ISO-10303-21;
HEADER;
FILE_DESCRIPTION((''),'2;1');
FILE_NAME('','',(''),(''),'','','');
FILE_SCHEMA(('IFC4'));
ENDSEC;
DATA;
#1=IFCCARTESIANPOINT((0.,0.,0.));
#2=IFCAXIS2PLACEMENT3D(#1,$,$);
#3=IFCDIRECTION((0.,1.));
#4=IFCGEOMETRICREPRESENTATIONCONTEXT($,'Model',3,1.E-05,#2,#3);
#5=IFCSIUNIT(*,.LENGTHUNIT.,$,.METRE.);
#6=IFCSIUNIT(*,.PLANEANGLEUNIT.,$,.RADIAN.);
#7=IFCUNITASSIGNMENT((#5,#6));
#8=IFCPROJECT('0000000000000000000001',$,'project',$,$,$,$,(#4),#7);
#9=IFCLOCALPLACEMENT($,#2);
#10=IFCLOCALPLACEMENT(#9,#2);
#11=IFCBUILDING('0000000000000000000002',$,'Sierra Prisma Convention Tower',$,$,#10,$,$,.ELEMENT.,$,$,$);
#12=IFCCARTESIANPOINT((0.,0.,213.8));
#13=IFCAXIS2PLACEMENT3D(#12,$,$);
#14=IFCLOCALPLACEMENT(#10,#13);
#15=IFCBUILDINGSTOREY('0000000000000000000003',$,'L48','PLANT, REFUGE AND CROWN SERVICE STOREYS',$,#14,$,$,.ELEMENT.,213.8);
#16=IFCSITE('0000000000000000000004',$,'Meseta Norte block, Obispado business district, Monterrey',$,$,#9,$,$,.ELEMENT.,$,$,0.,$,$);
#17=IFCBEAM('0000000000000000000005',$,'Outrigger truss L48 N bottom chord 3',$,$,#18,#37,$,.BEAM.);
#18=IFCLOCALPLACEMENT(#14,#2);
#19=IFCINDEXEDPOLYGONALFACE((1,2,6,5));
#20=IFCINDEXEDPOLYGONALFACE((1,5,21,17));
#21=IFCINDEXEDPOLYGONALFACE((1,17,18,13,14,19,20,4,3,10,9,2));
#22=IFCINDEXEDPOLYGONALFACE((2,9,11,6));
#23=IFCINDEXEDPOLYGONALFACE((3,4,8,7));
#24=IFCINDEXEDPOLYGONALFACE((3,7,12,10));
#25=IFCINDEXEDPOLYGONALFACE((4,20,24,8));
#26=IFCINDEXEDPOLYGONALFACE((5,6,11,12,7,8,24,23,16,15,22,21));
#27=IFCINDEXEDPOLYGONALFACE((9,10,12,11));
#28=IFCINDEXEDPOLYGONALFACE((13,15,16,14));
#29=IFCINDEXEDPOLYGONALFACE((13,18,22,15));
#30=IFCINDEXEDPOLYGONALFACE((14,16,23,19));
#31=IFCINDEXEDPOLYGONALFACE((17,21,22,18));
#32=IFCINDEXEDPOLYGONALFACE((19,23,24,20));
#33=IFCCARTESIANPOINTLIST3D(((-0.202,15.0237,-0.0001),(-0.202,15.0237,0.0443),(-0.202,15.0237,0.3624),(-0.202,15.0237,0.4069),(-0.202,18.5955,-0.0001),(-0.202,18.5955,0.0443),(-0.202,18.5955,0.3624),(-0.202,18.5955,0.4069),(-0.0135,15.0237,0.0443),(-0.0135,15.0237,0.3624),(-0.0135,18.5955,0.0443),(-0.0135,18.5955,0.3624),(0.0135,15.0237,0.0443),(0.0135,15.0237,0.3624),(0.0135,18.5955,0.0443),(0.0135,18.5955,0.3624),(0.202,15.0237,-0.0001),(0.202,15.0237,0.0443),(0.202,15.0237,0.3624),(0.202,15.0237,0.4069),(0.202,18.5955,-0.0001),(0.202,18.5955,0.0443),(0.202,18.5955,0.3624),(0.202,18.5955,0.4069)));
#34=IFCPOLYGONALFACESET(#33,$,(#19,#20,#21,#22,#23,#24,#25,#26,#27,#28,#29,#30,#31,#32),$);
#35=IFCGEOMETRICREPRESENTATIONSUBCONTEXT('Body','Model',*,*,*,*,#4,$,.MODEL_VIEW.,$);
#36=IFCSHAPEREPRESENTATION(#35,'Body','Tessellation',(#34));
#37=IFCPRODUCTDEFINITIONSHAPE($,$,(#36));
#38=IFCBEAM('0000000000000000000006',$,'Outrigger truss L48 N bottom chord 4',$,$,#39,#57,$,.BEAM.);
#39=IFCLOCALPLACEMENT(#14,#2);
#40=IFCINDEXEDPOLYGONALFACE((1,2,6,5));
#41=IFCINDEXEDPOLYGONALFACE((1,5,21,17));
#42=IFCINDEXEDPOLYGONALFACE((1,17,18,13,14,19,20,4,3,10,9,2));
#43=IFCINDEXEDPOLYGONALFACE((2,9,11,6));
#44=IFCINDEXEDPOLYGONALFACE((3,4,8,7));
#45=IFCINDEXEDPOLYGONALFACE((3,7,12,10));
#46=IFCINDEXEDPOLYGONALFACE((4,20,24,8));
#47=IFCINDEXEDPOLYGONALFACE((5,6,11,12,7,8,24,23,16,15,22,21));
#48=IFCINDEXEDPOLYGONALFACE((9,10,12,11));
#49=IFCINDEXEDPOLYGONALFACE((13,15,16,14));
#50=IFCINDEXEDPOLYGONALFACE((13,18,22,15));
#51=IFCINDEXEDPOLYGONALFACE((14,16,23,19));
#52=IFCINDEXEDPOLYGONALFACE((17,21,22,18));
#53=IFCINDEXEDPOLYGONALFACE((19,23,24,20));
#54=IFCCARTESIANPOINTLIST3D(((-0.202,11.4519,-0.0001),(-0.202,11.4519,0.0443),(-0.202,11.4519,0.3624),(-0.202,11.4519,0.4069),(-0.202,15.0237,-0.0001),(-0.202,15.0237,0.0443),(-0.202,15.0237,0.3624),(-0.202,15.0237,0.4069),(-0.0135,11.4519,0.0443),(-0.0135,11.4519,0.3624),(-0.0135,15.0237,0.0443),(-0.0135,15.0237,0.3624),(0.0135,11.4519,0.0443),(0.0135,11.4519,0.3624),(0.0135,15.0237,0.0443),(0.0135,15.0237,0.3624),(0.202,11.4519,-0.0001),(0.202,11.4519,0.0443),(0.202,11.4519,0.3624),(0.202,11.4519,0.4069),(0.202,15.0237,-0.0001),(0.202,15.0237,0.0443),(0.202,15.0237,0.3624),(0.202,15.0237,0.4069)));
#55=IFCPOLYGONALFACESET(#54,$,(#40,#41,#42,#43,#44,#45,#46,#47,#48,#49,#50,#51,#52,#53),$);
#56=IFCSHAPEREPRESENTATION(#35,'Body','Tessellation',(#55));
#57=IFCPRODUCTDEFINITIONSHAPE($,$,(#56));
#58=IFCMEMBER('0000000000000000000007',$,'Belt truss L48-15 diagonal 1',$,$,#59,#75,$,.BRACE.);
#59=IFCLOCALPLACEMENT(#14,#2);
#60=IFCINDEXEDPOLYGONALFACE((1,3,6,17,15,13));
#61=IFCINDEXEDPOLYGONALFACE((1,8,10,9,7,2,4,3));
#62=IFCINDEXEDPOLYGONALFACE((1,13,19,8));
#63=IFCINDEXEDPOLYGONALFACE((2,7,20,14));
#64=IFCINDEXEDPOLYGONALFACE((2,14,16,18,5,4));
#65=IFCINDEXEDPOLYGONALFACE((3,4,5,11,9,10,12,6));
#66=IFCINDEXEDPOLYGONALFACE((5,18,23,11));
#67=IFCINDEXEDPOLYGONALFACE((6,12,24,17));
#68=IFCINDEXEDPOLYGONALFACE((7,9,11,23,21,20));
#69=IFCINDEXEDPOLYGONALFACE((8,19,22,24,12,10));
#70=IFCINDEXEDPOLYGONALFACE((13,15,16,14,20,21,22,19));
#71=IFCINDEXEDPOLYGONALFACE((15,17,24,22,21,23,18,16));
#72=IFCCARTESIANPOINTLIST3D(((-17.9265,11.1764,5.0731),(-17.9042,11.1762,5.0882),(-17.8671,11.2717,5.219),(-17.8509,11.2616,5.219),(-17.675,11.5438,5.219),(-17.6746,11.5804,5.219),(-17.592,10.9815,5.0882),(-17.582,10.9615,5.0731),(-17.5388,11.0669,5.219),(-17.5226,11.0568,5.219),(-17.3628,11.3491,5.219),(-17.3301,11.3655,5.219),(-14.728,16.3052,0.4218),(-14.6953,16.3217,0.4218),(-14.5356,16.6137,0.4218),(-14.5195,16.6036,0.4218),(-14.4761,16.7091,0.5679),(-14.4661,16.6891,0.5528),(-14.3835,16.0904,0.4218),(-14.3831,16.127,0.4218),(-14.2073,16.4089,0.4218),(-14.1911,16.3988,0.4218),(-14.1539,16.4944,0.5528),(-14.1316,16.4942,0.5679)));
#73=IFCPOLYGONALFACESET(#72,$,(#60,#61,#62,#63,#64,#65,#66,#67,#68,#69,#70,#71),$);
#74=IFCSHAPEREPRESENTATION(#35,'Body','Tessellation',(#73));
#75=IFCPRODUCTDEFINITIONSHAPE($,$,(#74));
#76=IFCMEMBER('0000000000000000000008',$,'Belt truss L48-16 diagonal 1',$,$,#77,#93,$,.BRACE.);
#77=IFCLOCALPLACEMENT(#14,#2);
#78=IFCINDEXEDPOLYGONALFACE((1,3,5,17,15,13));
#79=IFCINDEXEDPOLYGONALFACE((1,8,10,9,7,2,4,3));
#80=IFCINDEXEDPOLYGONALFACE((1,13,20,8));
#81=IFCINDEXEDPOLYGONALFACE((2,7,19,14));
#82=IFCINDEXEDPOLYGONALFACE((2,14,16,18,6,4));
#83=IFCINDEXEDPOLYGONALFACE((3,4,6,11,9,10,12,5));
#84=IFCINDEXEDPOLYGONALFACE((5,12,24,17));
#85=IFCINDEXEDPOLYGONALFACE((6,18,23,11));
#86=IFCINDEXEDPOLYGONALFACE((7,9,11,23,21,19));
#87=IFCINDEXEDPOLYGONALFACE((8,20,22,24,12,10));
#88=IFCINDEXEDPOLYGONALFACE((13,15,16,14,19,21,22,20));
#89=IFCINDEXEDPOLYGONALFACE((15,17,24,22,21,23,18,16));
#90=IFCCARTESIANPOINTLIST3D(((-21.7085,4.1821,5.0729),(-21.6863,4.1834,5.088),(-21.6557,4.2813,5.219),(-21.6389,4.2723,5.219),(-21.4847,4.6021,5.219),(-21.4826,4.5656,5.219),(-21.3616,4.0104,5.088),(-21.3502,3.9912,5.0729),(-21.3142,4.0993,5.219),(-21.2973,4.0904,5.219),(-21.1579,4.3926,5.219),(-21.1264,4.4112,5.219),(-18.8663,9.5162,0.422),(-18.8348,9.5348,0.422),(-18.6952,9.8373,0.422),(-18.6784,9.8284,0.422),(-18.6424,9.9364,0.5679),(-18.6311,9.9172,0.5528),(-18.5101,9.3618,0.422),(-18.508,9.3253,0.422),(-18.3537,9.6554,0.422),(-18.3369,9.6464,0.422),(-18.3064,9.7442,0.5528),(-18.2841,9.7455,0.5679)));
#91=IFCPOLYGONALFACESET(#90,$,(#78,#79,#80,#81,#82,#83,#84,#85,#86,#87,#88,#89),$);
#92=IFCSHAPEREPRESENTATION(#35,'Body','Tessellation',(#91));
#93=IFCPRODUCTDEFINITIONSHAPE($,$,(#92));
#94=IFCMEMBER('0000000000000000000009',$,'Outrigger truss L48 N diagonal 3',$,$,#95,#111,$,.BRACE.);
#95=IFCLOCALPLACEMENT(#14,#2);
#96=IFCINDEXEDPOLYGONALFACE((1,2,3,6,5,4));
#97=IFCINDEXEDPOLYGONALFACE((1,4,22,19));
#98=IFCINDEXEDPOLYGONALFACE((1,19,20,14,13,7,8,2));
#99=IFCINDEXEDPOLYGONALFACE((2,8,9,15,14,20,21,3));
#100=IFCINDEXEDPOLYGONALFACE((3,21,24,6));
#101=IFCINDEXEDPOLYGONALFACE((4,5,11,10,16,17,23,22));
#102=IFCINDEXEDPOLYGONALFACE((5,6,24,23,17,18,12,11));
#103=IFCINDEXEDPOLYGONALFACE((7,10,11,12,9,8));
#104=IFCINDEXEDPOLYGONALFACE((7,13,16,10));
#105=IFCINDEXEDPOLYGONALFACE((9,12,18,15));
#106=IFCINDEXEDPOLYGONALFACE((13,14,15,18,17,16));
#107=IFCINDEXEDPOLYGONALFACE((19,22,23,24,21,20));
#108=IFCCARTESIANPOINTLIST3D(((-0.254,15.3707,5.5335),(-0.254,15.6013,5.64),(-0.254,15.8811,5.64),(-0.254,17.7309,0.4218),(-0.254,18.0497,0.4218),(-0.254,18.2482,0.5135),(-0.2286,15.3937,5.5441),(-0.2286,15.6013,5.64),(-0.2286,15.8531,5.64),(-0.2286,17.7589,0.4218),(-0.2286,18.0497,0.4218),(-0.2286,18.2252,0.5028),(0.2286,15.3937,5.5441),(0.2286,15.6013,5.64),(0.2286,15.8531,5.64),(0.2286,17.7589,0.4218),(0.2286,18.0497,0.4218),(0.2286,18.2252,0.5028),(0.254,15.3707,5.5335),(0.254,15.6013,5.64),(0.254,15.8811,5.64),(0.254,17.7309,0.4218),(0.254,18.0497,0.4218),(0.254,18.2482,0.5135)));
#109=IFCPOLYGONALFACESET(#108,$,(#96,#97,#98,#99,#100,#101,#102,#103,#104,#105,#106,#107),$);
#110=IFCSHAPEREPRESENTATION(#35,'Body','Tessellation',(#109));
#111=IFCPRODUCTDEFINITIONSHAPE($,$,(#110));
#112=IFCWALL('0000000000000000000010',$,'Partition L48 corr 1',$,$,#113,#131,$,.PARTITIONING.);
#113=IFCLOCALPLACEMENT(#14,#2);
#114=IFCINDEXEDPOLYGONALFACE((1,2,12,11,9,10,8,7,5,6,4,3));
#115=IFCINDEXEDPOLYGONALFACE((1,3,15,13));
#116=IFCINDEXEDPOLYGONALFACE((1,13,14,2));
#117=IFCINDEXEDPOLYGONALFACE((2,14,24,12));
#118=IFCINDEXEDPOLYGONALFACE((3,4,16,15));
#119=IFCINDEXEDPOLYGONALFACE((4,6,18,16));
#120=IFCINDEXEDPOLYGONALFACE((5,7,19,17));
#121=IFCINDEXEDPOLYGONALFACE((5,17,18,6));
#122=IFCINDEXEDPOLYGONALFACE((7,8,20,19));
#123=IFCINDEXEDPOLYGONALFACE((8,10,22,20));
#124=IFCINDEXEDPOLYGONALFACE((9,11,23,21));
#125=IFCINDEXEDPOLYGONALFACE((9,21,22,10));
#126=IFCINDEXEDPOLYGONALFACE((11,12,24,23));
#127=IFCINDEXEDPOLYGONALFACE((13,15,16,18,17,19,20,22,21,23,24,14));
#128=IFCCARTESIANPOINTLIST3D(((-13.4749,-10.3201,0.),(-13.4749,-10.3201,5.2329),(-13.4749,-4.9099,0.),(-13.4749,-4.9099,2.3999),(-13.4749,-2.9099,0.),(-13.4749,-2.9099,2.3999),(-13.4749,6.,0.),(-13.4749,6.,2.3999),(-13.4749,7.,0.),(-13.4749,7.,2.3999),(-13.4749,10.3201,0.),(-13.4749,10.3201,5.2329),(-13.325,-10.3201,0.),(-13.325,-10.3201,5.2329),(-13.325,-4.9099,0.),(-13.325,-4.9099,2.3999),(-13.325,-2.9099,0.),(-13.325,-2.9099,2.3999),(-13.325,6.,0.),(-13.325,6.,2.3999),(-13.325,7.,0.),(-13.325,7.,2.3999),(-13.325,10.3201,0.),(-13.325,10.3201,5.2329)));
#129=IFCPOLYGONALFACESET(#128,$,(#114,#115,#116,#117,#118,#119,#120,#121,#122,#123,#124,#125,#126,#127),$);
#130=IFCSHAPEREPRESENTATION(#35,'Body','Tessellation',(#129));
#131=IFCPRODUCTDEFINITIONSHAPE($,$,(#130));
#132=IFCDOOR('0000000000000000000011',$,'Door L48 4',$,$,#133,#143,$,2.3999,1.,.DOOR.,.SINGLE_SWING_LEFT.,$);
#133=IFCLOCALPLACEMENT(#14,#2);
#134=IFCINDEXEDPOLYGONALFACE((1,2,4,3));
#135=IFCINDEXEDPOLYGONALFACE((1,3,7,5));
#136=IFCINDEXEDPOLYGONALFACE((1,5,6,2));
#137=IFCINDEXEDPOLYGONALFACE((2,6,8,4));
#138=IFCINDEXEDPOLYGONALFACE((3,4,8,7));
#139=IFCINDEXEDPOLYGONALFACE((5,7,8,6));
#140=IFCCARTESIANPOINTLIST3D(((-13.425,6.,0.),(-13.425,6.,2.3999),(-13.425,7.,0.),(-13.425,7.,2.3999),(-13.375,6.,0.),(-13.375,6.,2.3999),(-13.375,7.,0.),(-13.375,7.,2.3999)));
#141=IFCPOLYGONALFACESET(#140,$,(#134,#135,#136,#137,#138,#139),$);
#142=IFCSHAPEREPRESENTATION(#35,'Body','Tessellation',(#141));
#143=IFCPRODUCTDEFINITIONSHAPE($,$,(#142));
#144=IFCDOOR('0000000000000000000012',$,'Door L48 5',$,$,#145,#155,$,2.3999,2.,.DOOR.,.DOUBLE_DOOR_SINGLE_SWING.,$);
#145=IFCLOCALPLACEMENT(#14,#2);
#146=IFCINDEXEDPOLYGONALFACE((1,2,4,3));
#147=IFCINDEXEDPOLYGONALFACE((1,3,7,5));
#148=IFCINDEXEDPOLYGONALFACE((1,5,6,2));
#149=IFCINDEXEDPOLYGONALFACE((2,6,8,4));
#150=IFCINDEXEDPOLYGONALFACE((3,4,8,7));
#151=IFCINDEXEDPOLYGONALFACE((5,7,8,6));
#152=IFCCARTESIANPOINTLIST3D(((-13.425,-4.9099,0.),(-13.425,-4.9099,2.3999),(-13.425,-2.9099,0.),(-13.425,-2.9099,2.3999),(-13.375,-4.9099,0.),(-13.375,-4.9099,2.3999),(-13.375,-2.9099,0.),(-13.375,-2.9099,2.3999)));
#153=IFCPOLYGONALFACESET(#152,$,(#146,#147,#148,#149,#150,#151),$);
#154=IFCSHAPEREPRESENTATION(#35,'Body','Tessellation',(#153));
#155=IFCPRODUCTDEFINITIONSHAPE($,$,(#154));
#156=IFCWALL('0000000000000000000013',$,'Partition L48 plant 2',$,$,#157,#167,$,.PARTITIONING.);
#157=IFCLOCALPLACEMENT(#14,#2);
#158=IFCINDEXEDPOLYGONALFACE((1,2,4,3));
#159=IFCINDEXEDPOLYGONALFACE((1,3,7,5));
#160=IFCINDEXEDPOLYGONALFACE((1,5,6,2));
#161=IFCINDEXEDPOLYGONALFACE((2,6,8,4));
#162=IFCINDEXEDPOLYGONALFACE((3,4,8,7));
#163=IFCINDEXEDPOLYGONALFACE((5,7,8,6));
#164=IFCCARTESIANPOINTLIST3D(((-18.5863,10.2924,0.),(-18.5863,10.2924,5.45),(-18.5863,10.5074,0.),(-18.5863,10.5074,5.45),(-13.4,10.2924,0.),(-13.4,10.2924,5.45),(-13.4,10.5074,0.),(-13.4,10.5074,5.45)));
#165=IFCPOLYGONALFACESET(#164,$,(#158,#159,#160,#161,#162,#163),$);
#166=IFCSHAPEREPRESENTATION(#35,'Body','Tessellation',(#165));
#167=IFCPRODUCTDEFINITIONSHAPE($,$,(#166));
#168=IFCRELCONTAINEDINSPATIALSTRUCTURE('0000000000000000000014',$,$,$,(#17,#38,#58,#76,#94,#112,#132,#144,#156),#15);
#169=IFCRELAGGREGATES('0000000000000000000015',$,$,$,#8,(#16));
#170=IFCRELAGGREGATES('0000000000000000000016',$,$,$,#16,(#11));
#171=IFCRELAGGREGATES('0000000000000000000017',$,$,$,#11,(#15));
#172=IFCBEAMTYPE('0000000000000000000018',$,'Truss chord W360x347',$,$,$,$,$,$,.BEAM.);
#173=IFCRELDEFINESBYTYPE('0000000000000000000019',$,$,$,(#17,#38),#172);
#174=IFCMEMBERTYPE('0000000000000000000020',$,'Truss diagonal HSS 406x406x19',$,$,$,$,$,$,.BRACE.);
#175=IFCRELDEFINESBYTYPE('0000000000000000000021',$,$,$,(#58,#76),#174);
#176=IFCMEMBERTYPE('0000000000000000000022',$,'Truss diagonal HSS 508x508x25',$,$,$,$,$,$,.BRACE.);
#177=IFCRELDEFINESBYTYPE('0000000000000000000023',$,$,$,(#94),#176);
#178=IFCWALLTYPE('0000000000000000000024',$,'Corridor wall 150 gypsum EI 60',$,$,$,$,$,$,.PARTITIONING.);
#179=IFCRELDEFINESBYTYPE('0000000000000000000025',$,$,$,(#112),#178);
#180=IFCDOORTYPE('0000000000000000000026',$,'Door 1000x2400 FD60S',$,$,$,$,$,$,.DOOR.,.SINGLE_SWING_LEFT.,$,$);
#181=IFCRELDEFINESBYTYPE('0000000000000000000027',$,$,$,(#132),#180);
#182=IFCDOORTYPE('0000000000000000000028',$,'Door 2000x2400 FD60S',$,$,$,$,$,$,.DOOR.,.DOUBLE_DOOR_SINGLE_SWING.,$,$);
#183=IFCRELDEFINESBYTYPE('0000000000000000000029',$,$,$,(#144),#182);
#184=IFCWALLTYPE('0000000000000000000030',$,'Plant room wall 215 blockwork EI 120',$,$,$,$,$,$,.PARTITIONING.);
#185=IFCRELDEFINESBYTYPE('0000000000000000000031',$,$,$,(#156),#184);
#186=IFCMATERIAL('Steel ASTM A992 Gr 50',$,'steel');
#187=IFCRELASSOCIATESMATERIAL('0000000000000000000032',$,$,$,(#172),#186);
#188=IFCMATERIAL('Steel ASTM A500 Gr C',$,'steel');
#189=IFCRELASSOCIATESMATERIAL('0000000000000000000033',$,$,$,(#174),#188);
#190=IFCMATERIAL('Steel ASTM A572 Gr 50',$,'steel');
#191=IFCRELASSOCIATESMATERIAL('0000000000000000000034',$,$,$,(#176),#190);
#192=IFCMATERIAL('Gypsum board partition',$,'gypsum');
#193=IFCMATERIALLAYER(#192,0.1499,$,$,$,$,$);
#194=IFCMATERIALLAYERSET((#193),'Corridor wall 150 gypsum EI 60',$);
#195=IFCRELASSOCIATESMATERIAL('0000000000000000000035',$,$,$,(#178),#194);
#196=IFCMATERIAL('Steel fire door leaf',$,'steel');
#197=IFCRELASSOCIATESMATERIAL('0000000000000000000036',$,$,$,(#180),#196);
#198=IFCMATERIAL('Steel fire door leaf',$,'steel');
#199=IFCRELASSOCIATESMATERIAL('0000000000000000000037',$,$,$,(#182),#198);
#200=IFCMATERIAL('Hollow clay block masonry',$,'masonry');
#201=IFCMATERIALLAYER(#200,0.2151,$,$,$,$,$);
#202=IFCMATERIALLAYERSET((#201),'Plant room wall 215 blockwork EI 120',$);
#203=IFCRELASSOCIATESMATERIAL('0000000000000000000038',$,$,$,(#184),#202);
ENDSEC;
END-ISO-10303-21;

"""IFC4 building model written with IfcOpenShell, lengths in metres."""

from ifc_helpers import new_model, si_unit, direction, frame, frame_2d, origin, origin_2d, place, context, subcontext, project, spatial, rectangle, hollow_rectangle, i_section, extrude, clip, halfspace, material, layer, layer_set, material_profile, profile_set, type_object, element, fill, save


model = new_model("IFC4")

# Units and contexts
model_context = context("Model", 3, precision=1e-05, world=origin(), true_north=direction((0.0, 1.0)))
body_context = subcontext(model_context, "Body", "Model", "MODEL_VIEW")
ifc_project = project(units=[si_unit("LENGTHUNIT", "METRE"), si_unit("PLANEANGLEUNIT", "RADIAN")], contexts=[model_context])

# Site, building, storey
site_placement = place(None, origin())
site = spatial("IfcSite", under=ifc_project, at=site_placement, Name="Meseta Norte block, Obispado business district, Monterrey", CompositionType="ELEMENT", RefElevation=0.0)
building_placement = place(site_placement, origin())
building = spatial("IfcBuilding", under=site, at=building_placement, Name="Sierra Prisma Convention Tower", CompositionType="ELEMENT")
storey_placement = place(building_placement, frame((0.0, 0.0, 213.8)))
storey = spatial("IfcBuildingStorey", under=building, at=storey_placement, Name="L48", Description="PLANT, REFUGE AND CROWN SERVICE STOREYS", CompositionType="ELEMENT", Elevation=213.8)

# Beams
ifc_material_1 = material(Name="Steel ASTM A992 Gr 50", Category="steel")
ifc_material_profile_1 = material_profile(ifc_material_1, i_section(OverallWidth=0.4041, OverallDepth=0.407, WebThickness=0.0271, FlangeThickness=0.0444, at=origin_2d()), Name="W360x347")
ifc_profile_set_1 = profile_set([ifc_material_profile_1], Name="Steel ASTM A992 Gr 50")
beam_type_1 = type_object("IfcBeamType", Name="Truss chord W360x347", PredefinedType="BEAM", material=ifc_profile_set_1)
for number, where, z_axis, x_axis, name in (
    (1, (0.0, 18.5955, 0.2034), (0.0, -1.0, 0.0), (1.0, 0.0, 0.0), "Outrigger truss L48 N bottom chord 3"),
    (2, (0.0, 15.0237, 0.2034), (0.0, -1.0, 0.0), (1.0, 0.0, 0.0), "Outrigger truss L48 N bottom chord 4"),
):
    element("IfcBeam", number, at=place(storey_placement, frame(where, z_axis=z_axis, x_axis=x_axis)), inside=storey, type_object=beam_type_1, Name=name, PredefinedType="BEAM", context=body_context, shape_type="SweptSolid", body=[
        extrude(i_section(OverallWidth=0.4041, OverallDepth=0.407, WebThickness=0.0271, FlangeThickness=0.0444, at=origin_2d()), origin(), (0.0, 0.0, 1.0), 3.5718),
    ])

# Members
ifc_material_2 = material(Name="Steel ASTM A500 Gr C", Category="steel")
ifc_material_profile_2 = material_profile(ifc_material_2, hollow_rectangle(XDim=0.406, YDim=0.406, WallThickness=0.019, at=origin_2d()), Name="Truss diagonal HSS 406x406x19")
ifc_profile_set_2 = profile_set([ifc_material_profile_2], Name="Steel ASTM A500 Gr C")
member_type_1 = type_object("IfcMemberType", Name="Truss diagonal HSS 406x406x19", PredefinedType="BRACE", material=ifc_profile_set_2)
member_1_placement = place(storey_placement, frame((-14.3694, 16.4966, 0.407), z_axis=(-0.419377, -0.672465, 0.609848), x_axis=(0.848516, -0.52917, 0.0)))
element("IfcMember", 3, at=member_1_placement, inside=storey, type_object=member_type_1, Name="Belt truss L48-15 diagonal 1", PredefinedType="BRACE", context=body_context, shape_type="SweptSolid", body=[
    clip(clip(extrude(hollow_rectangle(XDim=0.406, YDim=0.406, WallThickness=0.019, at=origin_2d()), origin(), (0.0, 0.0, 1.0), 7.915), halfspace(frame((0.0, 0.0117, 0.009), z_axis=(0.0, 0.792518, 0.609848), x_axis=(1.0, 0.0, 0.0)), True)), halfspace(frame((0.0, -0.0117, 7.9058), z_axis=(0.0, -0.792518, -0.609848), x_axis=(1.0, 0.0, 0.0)), True)),
])
member_2_placement = place(storey_placement, frame((-18.5215, 9.7317, 0.407), z_axis=(-0.372677, -0.699425, 0.609849), x_axis=(0.882536, -0.470245, 0.0)))
element("IfcMember", 4, at=member_2_placement, inside=storey, type_object=member_type_1, Name="Belt truss L48-16 diagonal 1", PredefinedType="BRACE", context=body_context, shape_type="SweptSolid", body=[
    clip(clip(extrude(hollow_rectangle(XDim=0.406, YDim=0.406, WallThickness=0.019, at=origin_2d()), origin(), (0.0, 0.0, 1.0), 7.9148), halfspace(frame((0.0, 0.012, 0.009), z_axis=(0.0, 0.792517, 0.609849), x_axis=(1.0, 0.0, 0.0)), True)), halfspace(frame((0.0, -0.0117, 7.9058), z_axis=(0.0, -0.792517, -0.609849), x_axis=(1.0, 0.0, 0.0)), True)),
])
ifc_material_3 = material(Name="Steel ASTM A572 Gr 50", Category="steel")
ifc_material_profile_3 = material_profile(ifc_material_3, hollow_rectangle(XDim=0.5081, YDim=0.5081, WallThickness=0.0254, at=origin_2d()), Name="Truss diagonal HSS 508x508x25")
ifc_profile_set_3 = profile_set([ifc_material_profile_3], Name="Steel ASTM A572 Gr 50")
member_type_2 = type_object("IfcMemberType", Name="Truss diagonal HSS 508x508x25", PredefinedType="BRACE", material=ifc_profile_set_3)
member_3_placement = place(storey_placement, frame((0.0, 18.0176, 0.407), z_axis=(0.0, -0.419211, 0.907889), x_axis=(1.0, 0.0, 0.0)))
element("IfcMember", 5, at=member_3_placement, inside=storey, type_object=member_type_2, Name="Outrigger truss L48 N diagonal 3", PredefinedType="BRACE", context=body_context, shape_type="SweptSolid", body=[
    clip(clip(extrude(hollow_rectangle(XDim=0.5081, YDim=0.5081, WallThickness=0.0254, at=origin_2d()), origin(), (0.0, 0.0, 1.0), 5.7639), halfspace(frame((0.0, 0.0063, 0.0134), z_axis=(0.0, 0.419211, 0.907889), x_axis=(1.0, 0.0, 0.0)), True)), halfspace(frame((0.0, 0.0, 5.7639), z_axis=(0.0, -0.419211, -0.907889), x_axis=(1.0, 0.0, 0.0)), True)),
])

# Wall, openings, doors
ifc_material_4 = material(Name="Gypsum board partition", Category="gypsum")
ifc_layer_1 = layer(ifc_material_4, 0.1499)
ifc_layer_set_1 = layer_set([ifc_layer_1], Name="Corridor wall 150 gypsum EI 60")
wall_type_1 = type_object("IfcWallType", Name="Corridor wall 150 gypsum EI 60", PredefinedType="PARTITIONING", material=ifc_layer_set_1)
wall_1_placement = place(storey_placement, frame((-13.3999, 10.3201, 0.0), z_axis=(0.0, 0.0, 1.0), x_axis=(0.0, -1.0, 0.0)))
wall_1 = element("IfcWall", 6, at=wall_1_placement, inside=storey, type_object=wall_type_1, Name="Partition L48 corr 1", PredefinedType="PARTITIONING", context=body_context, shape_type="SweptSolid", body=[
    extrude(rectangle(XDim=20.6401, YDim=0.1499, at=frame_2d((10.3201, 0.0))), origin(), (0.0, 0.0, 1.0), 5.2329),
])
opening_1_placement = place(wall_1_placement, frame((3.3201, 0.0, 0.0)))
opening_1 = element("IfcOpeningElement", 7, at=opening_1_placement, cuts=wall_1, PredefinedType="OPENING", context=body_context, shape_type="SweptSolid", body=[
    extrude(rectangle(XDim=1.0, YDim=2.3999, at=frame_2d((0.5, 1.2))), frame((0.0, 0.075, 0.0), z_axis=(0.0, -1.0, 0.0), x_axis=(1.0, 0.0, 0.0)), (0.0, 0.0, 1.0), 0.1499),
])
opening_2_placement = place(wall_1_placement, frame((13.23, 0.0, 0.0)))
opening_2 = element("IfcOpeningElement", 8, at=opening_2_placement, cuts=wall_1, PredefinedType="OPENING", context=body_context, shape_type="SweptSolid", body=[
    extrude(rectangle(XDim=2.0, YDim=2.3999, at=frame_2d((1.0, 1.2))), frame((0.0, 0.075, 0.0), z_axis=(0.0, -1.0, 0.0), x_axis=(1.0, 0.0, 0.0)), (0.0, 0.0, 1.0), 0.1499),
])
ifc_material_5 = material(Name="Steel fire door leaf", Category="steel")
door_type_1 = type_object("IfcDoorType", Name="Door 1000x2400 FD60S", OperationType="SINGLE_SWING_LEFT", PredefinedType="DOOR", material=ifc_material_5)
door_1_placement = place(opening_1_placement, origin())
door_1 = element("IfcDoor", 9, at=door_1_placement, inside=storey, type_object=door_type_1, Name="Door L48 4", OperationType="SINGLE_SWING_LEFT", OverallHeight=2.3999, OverallWidth=1.0, PredefinedType="DOOR", context=body_context, shape_type="SweptSolid", body=[
    extrude(rectangle(XDim=1.0, YDim=2.3999, at=frame_2d((0.5, 1.2))), frame((0.0, 0.0249, 0.0), z_axis=(0.0, -1.0, 0.0), x_axis=(1.0, 0.0, 0.0)), (0.0, 0.0, 1.0), 0.05),
])
fill(opening_1, door_1)
ifc_material_6 = material(Name="Steel fire door leaf", Category="steel")
door_type_2 = type_object("IfcDoorType", Name="Door 2000x2400 FD60S", OperationType="DOUBLE_DOOR_SINGLE_SWING", PredefinedType="DOOR", material=ifc_material_6)
door_2_placement = place(opening_2_placement, origin())
door_2 = element("IfcDoor", 10, at=door_2_placement, inside=storey, type_object=door_type_2, Name="Door L48 5", OperationType="DOUBLE_DOOR_SINGLE_SWING", OverallHeight=2.3999, OverallWidth=2.0, PredefinedType="DOOR", context=body_context, shape_type="SweptSolid", body=[
    extrude(rectangle(XDim=2.0, YDim=2.3999, at=frame_2d((1.0, 1.2))), frame((0.0, 0.0249, 0.0), z_axis=(0.0, -1.0, 0.0), x_axis=(1.0, 0.0, 0.0)), (0.0, 0.0, 1.0), 0.05),
])
fill(opening_2, door_2)

# Wall
ifc_material_7 = material(Name="Hollow clay block masonry", Category="masonry")
ifc_layer_2 = layer(ifc_material_7, 0.2151)
ifc_layer_set_2 = layer_set([ifc_layer_2], Name="Plant room wall 215 blockwork EI 120")
wall_type_2 = type_object("IfcWallType", Name="Plant room wall 215 blockwork EI 120", PredefinedType="PARTITIONING", material=ifc_layer_set_2)
wall_2_placement = place(storey_placement, frame((-13.3999, 10.3999, 0.0), z_axis=(0.0, 0.0, 1.0), x_axis=(-1.0, 0.0, 0.0)))
element("IfcWall", 11, at=wall_2_placement, inside=storey, type_object=wall_type_2, Name="Partition L48 plant 2", PredefinedType="PARTITIONING", context=body_context, shape_type="SweptSolid", body=[
    extrude(rectangle(XDim=5.1863, YDim=0.2151, at=frame_2d((2.5933, 0.0))), origin(), (0.0, 0.0, 1.0), 5.45),
])

save(model, "model.ifc")
